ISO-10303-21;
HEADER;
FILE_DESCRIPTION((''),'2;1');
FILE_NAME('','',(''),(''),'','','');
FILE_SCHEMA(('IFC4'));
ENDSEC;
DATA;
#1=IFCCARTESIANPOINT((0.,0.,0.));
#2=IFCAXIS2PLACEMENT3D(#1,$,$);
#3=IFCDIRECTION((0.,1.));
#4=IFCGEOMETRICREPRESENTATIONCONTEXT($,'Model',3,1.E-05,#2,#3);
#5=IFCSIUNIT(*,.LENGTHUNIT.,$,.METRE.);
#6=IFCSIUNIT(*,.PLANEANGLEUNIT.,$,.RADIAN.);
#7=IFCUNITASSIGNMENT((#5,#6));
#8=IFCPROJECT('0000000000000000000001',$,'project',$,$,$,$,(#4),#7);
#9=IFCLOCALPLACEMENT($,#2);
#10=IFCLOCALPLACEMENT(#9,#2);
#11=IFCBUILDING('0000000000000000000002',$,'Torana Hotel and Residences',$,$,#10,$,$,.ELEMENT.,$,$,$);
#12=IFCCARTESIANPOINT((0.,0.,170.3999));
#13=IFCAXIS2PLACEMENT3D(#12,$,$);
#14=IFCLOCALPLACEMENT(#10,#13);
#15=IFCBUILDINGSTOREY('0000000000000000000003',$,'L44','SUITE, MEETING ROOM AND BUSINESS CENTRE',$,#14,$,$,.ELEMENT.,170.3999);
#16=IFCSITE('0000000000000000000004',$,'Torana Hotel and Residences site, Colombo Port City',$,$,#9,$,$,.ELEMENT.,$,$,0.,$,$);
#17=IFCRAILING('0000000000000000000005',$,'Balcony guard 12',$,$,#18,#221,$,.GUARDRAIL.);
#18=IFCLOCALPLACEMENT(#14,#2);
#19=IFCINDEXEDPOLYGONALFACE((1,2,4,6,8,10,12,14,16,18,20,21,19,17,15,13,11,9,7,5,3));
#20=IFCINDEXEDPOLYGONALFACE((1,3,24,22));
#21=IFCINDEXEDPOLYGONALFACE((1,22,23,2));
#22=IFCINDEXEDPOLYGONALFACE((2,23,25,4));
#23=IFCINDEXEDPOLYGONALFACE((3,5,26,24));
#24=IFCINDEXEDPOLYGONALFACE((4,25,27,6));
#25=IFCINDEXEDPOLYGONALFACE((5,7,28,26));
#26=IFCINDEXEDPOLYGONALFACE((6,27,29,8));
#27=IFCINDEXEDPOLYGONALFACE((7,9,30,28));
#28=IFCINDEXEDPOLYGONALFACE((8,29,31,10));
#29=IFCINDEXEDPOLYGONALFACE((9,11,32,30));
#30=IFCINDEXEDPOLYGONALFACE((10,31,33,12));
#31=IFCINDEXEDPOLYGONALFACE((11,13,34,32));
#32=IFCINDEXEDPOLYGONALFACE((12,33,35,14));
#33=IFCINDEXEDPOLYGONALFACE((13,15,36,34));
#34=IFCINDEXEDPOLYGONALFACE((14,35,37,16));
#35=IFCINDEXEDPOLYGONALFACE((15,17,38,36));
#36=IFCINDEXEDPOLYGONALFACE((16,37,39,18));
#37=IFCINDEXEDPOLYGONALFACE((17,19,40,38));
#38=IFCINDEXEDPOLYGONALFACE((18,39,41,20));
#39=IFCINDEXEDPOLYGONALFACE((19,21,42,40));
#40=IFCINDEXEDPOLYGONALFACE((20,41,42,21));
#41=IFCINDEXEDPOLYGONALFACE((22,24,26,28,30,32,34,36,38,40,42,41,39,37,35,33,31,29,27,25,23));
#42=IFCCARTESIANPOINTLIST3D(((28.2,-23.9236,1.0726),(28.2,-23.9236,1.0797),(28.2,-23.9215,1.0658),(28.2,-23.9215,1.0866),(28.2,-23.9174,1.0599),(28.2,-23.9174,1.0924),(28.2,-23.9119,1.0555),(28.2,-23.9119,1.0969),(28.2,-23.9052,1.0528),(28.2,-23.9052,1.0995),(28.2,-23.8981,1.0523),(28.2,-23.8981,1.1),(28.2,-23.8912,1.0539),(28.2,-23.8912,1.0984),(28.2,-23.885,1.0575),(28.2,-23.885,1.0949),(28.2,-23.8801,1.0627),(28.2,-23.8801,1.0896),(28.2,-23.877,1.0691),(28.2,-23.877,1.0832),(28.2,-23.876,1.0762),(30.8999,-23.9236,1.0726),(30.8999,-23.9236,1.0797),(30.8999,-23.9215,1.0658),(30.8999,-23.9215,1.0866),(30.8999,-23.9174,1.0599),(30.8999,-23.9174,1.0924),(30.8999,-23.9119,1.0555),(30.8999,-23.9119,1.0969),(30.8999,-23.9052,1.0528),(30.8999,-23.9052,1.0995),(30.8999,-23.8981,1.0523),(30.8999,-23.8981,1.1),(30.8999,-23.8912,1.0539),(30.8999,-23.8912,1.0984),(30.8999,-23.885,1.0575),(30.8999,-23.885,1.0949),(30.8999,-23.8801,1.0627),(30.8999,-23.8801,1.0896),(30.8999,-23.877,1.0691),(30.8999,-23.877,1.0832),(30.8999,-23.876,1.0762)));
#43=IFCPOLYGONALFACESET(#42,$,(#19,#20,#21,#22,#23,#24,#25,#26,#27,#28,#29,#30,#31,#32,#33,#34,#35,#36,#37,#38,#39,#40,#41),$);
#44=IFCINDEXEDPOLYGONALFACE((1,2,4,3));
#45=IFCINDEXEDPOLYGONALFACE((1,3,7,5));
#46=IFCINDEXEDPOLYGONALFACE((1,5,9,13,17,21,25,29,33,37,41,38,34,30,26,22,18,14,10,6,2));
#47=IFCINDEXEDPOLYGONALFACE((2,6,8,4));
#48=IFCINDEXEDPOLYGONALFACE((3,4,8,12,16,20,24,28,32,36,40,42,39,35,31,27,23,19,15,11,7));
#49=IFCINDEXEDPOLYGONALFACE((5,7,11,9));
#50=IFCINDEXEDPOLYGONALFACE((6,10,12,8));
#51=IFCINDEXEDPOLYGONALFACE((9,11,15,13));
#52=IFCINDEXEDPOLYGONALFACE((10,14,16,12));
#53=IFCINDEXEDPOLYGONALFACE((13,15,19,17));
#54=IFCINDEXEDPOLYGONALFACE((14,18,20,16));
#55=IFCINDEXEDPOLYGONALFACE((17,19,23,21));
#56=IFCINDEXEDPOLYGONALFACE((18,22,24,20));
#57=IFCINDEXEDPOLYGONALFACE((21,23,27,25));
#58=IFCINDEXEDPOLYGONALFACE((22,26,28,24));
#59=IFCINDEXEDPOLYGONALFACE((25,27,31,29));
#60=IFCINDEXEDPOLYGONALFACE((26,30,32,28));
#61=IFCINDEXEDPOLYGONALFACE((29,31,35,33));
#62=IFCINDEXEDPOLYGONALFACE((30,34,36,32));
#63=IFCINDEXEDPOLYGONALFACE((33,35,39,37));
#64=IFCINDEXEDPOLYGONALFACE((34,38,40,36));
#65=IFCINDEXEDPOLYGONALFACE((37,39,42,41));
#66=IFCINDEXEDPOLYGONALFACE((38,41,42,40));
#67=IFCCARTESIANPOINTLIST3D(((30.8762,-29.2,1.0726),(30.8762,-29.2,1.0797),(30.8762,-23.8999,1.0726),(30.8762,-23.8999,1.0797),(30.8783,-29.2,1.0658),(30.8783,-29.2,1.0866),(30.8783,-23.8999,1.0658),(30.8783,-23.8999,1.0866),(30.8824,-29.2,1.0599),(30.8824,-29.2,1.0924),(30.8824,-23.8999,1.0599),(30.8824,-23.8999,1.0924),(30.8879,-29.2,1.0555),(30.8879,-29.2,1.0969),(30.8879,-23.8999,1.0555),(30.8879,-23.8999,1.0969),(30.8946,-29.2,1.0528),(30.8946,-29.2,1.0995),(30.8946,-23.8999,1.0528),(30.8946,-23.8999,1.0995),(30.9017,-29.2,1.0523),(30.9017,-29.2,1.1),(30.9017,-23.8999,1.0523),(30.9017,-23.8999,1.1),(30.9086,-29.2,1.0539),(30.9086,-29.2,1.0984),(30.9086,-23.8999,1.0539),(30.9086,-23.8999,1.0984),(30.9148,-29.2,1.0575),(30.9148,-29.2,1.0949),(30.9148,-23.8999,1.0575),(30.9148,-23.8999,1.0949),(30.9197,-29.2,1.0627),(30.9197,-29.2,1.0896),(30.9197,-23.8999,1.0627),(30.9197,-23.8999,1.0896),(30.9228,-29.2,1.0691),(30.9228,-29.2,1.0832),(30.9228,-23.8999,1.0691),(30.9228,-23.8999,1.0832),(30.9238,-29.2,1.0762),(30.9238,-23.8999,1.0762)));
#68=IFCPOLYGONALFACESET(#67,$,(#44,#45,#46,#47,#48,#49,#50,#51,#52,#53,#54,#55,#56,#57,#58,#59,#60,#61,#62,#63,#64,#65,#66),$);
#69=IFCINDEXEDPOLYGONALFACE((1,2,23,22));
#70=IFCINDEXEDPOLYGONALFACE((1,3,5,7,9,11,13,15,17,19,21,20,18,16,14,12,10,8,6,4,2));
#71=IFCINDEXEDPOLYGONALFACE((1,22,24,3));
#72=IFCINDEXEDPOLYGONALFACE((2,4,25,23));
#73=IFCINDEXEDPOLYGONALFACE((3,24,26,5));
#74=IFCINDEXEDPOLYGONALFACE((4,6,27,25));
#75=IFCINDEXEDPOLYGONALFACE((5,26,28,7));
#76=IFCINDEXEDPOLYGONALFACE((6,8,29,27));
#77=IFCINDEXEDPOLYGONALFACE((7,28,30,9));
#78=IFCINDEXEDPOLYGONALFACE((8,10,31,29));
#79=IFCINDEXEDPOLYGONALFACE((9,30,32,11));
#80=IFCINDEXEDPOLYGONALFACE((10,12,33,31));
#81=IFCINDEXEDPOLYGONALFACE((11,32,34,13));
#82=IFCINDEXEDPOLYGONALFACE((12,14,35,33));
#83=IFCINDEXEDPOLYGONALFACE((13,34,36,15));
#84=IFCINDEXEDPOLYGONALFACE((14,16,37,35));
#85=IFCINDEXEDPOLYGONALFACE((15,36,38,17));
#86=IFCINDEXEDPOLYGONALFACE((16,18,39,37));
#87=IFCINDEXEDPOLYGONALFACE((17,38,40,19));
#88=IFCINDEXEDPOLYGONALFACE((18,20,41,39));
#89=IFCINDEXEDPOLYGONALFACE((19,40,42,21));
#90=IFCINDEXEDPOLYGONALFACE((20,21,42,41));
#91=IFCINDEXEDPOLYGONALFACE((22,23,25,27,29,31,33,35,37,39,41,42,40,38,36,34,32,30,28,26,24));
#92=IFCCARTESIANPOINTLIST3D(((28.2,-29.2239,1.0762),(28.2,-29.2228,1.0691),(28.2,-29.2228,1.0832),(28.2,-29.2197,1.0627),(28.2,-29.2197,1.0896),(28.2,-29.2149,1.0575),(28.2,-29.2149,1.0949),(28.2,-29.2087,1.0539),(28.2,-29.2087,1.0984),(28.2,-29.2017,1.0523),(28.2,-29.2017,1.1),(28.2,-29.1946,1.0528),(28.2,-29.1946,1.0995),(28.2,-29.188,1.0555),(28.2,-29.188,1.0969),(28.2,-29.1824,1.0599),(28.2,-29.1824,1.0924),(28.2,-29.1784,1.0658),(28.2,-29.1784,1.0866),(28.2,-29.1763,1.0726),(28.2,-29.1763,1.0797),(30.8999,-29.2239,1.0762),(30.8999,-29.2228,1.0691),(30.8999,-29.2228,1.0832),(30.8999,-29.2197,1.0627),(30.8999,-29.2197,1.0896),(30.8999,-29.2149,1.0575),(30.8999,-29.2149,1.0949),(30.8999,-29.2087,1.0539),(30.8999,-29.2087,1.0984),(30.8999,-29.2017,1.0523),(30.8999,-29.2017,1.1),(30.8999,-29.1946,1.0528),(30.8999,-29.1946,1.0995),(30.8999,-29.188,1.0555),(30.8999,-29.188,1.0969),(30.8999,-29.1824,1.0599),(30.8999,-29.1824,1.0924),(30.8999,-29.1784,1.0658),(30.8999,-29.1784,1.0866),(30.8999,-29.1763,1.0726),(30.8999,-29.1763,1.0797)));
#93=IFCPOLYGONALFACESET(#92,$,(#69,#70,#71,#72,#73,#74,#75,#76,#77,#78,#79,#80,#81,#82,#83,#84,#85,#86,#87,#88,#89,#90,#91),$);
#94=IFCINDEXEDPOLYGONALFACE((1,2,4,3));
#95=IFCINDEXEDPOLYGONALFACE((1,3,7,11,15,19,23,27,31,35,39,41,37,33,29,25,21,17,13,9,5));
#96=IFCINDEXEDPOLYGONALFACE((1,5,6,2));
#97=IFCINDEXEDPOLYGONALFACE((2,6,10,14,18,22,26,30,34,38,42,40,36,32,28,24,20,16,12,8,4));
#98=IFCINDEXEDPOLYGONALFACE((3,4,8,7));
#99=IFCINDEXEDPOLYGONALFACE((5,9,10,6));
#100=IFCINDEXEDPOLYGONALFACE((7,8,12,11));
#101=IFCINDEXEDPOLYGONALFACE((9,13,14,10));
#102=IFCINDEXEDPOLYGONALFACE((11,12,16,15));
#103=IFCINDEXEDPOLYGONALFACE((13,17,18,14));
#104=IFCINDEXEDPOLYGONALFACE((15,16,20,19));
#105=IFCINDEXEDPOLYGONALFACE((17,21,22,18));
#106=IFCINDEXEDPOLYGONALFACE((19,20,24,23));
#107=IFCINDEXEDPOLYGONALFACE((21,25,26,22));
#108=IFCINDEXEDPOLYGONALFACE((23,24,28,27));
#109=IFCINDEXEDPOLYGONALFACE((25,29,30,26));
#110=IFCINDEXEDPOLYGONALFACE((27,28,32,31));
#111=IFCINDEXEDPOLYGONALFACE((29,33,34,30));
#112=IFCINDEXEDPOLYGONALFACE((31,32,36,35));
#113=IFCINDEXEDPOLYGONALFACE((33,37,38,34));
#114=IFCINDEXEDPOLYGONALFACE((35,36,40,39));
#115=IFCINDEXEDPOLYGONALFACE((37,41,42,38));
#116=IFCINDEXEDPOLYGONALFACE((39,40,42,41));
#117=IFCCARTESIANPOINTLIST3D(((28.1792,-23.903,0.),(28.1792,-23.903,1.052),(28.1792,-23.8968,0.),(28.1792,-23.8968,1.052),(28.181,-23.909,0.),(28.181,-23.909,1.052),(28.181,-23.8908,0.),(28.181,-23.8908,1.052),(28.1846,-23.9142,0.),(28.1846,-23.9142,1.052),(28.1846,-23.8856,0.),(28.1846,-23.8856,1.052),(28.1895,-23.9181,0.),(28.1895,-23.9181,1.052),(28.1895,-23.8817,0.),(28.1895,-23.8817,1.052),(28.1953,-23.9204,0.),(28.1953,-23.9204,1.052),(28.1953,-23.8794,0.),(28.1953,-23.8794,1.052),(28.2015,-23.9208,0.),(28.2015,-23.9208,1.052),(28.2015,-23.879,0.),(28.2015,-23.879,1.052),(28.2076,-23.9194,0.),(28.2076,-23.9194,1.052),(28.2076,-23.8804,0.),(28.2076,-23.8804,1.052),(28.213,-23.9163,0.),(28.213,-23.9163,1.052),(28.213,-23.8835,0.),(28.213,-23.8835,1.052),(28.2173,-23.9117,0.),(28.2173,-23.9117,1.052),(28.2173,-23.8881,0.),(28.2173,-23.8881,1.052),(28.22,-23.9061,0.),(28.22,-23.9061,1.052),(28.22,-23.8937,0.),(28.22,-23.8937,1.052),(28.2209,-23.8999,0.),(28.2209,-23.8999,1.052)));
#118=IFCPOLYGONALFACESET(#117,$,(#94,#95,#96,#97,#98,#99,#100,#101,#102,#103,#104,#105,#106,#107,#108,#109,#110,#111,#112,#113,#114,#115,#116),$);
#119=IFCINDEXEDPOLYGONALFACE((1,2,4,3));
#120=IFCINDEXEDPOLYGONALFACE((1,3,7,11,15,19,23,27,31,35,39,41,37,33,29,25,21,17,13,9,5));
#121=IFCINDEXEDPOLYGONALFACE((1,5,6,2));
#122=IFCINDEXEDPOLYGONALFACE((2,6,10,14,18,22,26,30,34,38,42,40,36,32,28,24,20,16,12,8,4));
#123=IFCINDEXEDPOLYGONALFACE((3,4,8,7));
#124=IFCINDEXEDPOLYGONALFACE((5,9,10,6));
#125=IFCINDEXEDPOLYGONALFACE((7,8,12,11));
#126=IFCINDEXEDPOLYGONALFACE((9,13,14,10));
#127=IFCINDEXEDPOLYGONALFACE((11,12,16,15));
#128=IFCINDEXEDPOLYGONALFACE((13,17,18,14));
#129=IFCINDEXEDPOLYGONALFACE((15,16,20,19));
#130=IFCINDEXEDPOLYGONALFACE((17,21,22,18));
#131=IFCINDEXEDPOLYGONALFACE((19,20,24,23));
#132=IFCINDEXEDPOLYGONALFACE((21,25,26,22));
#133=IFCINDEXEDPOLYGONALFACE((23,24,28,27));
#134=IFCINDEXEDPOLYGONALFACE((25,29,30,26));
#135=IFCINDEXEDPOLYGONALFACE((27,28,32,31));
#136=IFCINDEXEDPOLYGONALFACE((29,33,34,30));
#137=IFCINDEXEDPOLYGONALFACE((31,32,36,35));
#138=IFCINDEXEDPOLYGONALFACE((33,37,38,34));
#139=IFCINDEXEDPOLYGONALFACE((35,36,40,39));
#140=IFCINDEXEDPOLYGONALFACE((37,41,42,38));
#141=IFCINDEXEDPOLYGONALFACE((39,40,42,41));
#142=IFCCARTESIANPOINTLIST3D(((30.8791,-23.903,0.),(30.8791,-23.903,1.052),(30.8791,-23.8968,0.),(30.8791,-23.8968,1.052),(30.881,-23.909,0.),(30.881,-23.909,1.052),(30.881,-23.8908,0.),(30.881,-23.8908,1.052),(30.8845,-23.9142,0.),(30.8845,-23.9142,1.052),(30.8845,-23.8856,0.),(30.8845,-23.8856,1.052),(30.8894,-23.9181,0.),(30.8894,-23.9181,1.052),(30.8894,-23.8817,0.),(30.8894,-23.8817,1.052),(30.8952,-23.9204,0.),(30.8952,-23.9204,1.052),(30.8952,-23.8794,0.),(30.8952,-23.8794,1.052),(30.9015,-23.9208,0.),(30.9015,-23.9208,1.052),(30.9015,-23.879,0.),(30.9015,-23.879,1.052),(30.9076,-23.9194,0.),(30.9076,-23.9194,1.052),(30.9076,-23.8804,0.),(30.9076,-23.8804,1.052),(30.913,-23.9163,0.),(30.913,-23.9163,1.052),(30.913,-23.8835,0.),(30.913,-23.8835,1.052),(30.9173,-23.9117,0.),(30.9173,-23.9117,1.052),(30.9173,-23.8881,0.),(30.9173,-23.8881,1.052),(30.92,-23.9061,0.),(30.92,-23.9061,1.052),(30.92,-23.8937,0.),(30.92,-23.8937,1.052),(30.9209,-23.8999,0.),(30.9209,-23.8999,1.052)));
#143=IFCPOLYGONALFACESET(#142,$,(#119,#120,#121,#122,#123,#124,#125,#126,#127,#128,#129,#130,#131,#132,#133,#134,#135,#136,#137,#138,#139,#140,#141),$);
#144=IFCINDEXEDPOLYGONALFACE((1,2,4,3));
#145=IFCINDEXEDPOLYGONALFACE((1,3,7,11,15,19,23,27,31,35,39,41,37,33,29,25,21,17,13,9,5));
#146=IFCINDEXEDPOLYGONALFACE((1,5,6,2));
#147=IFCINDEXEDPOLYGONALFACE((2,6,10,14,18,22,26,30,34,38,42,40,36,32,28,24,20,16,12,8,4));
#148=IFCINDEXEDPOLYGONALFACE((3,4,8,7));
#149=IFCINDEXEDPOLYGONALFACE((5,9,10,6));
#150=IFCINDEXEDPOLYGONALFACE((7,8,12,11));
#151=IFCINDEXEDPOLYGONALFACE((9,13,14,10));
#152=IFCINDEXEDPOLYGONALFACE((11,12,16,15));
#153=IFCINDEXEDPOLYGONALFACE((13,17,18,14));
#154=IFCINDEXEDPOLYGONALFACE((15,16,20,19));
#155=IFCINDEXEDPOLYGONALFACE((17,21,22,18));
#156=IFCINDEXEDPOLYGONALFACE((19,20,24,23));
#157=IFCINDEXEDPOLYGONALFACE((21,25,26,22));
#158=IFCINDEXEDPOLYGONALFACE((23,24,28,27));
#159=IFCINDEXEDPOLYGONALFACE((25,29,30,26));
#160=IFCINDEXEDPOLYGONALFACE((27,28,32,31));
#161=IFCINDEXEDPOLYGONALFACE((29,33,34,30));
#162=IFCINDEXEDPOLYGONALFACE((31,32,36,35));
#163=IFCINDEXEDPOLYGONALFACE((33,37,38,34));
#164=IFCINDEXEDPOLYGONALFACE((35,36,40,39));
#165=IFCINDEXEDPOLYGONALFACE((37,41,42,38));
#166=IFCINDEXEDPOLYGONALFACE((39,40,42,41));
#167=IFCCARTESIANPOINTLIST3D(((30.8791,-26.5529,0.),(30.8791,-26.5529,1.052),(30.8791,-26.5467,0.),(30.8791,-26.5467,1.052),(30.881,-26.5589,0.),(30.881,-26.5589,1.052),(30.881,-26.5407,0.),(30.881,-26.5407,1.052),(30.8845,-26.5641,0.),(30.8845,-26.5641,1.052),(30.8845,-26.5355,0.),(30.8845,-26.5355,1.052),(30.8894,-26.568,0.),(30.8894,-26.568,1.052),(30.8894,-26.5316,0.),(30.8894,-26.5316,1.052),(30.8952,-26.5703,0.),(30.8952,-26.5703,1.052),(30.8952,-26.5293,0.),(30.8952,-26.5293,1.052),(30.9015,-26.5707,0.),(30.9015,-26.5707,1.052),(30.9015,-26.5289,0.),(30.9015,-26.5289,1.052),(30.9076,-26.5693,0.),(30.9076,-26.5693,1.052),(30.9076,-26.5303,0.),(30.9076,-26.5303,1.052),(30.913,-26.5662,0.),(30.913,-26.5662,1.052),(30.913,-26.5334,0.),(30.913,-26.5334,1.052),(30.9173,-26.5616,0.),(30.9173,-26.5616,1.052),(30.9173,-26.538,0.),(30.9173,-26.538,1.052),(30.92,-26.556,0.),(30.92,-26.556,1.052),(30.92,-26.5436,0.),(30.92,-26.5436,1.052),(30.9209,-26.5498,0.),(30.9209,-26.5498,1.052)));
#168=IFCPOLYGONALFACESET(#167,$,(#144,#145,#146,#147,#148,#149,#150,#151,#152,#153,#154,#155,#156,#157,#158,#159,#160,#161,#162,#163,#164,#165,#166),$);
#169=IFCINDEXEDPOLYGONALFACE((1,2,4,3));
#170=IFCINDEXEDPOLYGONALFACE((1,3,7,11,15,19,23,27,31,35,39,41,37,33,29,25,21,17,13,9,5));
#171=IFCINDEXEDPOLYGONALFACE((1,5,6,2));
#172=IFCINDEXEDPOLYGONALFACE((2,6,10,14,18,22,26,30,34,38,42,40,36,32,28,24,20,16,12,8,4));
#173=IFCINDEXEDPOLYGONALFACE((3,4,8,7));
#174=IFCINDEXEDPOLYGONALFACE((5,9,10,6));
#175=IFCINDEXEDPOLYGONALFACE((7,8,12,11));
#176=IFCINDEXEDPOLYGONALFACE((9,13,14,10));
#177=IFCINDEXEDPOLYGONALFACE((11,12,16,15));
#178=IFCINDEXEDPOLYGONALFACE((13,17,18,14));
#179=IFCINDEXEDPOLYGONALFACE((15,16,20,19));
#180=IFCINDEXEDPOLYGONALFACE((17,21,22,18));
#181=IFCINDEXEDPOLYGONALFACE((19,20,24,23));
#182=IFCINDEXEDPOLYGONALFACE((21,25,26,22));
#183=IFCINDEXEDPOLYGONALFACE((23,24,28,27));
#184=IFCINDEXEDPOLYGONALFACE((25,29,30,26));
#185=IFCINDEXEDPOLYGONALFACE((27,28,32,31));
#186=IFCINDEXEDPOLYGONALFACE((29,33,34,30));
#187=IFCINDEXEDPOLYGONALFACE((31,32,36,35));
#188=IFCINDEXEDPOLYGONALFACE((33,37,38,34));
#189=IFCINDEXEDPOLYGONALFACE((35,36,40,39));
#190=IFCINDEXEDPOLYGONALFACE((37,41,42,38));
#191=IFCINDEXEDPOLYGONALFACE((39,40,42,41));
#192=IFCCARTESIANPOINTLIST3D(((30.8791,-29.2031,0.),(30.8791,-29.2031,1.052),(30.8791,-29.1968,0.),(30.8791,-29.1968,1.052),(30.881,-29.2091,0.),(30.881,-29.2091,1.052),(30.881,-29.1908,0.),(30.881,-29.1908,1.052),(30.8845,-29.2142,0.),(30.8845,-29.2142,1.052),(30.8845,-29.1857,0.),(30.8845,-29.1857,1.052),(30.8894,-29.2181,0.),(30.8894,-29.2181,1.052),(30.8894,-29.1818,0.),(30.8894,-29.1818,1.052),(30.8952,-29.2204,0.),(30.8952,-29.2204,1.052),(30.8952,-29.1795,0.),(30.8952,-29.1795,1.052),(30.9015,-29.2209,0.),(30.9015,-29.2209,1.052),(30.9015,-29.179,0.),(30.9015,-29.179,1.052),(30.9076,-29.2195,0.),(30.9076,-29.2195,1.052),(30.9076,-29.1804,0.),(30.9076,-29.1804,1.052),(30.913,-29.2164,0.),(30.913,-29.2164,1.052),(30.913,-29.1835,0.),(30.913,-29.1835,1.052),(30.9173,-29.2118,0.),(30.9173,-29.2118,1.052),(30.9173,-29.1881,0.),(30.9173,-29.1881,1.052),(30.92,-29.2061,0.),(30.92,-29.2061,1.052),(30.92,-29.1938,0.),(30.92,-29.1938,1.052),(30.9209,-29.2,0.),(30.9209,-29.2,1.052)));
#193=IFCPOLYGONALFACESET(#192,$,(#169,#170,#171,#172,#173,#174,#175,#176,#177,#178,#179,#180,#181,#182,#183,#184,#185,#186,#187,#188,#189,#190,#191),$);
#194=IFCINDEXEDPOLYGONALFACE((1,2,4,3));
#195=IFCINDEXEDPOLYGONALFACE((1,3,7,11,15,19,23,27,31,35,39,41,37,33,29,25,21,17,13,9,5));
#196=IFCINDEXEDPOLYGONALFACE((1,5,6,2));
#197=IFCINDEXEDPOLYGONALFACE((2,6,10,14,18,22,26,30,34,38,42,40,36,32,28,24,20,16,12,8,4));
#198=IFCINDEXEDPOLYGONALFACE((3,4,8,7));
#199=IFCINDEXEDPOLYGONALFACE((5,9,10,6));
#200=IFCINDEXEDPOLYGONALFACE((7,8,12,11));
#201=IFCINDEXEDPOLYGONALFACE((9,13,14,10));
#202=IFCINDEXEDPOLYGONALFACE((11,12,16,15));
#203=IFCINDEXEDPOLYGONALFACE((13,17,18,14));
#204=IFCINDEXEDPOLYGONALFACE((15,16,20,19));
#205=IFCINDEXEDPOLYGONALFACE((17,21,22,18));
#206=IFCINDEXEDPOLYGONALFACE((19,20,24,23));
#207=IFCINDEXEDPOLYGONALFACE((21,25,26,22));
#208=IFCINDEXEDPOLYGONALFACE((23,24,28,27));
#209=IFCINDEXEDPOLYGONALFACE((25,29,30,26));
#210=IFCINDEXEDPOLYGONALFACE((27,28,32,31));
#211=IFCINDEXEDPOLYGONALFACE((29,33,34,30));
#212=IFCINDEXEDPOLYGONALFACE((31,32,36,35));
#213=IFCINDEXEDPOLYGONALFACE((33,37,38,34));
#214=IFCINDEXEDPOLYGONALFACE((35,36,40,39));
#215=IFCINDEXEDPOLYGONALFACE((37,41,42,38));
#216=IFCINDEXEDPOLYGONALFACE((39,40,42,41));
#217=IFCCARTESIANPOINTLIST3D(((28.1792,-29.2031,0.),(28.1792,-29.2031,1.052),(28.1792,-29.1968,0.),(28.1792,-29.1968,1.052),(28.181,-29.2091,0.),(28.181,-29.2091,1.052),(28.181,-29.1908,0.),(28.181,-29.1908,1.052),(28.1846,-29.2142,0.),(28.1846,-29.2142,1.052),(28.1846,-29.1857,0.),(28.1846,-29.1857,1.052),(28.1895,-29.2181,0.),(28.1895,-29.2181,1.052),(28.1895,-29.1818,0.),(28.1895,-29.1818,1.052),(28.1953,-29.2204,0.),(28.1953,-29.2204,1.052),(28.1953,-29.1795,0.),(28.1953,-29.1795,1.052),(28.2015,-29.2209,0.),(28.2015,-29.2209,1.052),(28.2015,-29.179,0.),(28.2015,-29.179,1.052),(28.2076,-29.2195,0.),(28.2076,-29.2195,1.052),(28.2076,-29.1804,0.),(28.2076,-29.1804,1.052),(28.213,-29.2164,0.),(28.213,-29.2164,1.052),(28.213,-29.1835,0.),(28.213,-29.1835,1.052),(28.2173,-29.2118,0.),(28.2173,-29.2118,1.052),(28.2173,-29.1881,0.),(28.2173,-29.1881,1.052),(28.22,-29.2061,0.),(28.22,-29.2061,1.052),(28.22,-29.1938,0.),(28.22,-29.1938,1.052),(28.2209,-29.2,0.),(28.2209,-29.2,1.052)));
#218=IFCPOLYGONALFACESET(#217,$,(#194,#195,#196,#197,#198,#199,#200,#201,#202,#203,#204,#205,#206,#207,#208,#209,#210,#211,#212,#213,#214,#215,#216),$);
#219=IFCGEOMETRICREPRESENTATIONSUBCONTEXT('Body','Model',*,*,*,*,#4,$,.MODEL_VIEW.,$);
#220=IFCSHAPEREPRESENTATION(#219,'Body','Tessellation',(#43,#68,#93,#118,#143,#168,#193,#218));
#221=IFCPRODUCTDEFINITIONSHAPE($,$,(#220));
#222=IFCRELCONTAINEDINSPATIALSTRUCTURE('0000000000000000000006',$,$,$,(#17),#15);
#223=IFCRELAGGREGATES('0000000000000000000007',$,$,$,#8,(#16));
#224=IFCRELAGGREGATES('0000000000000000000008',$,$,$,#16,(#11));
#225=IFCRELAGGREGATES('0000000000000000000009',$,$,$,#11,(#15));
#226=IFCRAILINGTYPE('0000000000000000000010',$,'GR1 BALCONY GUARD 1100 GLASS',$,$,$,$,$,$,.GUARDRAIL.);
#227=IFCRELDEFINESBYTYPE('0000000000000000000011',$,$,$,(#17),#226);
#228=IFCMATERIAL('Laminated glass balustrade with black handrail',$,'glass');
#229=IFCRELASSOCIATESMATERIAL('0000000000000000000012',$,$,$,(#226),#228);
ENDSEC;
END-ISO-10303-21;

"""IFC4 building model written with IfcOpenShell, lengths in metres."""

from ifc_helpers import new_model, si_unit, direction, frame, origin, origin_2d, place, context, subcontext, project, spatial, circle, extrude, material, type_object, element, save


model = new_model("IFC4")

# Units and contexts
model_context = context("Model", 3, precision=1e-05, world=origin(), true_north=direction((0.0, 1.0)))
body_context = subcontext(model_context, "Body", "Model", "MODEL_VIEW")
ifc_project = project(units=[si_unit("LENGTHUNIT", "METRE"), si_unit("PLANEANGLEUNIT", "RADIAN")], contexts=[model_context])

# Site, building, storey
site_placement = place(None, origin())
site = spatial("IfcSite", under=ifc_project, at=site_placement, Name="Torana Hotel and Residences site, Colombo Port City", CompositionType="ELEMENT", RefElevation=0.0)
building_placement = place(site_placement, origin())
building = spatial("IfcBuilding", under=site, at=building_placement, Name="Torana Hotel and Residences", CompositionType="ELEMENT")
storey_placement = place(building_placement, frame((0.0, 0.0, 170.3999)))
storey = spatial("IfcBuildingStorey", under=building, at=storey_placement, Name="L44", Description="SUITE, MEETING ROOM AND BUSINESS CENTRE", CompositionType="ELEMENT", Elevation=170.3999)

# Railing
ifc_material_1 = material(Name="Laminated glass balustrade with black handrail", Category="glass")
railing_type = type_object("IfcRailingType", Name="GR1 BALCONY GUARD 1100 GLASS", PredefinedType="GUARDRAIL", material=ifc_material_1)
railing_1_placement = place(storey_placement, frame((28.2, -23.8999, 0.0)))
element("IfcRailing", 1, at=railing_1_placement, inside=storey, type_object=railing_type, Name="Balcony guard 12", PredefinedType="GUARDRAIL", context=body_context, shape_type="SweptSolid", body=[
    extrude(circle(Radius=0.0239, at=origin_2d()), frame((0.0, 0.0, 1.0762), z_axis=(1.0, 0.0, 0.0), x_axis=(0.0, 1.0, 0.0)), (0.0, 0.0, 1.0), 2.7),
    extrude(circle(Radius=0.0239, at=origin_2d()), frame((2.7, 0.0, 1.0762), z_axis=(0.0, -1.0, 0.0), x_axis=(1.0, 0.0, 0.0)), (0.0, 0.0, 1.0), 5.3),
    extrude(circle(Radius=0.0239, at=origin_2d()), frame((2.7, -5.3, 1.0762), z_axis=(-1.0, 0.0, 0.0), x_axis=(0.0, -1.0, 0.0)), (0.0, 0.0, 1.0), 2.7),
    extrude(circle(Radius=0.021, at=origin_2d()), origin(), (0.0, 0.0, 1.0), 1.052),
    extrude(circle(Radius=0.021, at=origin_2d()), frame((2.7, 0.0, 0.0)), (0.0, 0.0, 1.0), 1.052),
    extrude(circle(Radius=0.021, at=origin_2d()), frame((2.7, -2.6499, 0.0)), (0.0, 0.0, 1.0), 1.052),
    extrude(circle(Radius=0.021, at=origin_2d()), frame((2.7, -5.3, 0.0)), (0.0, 0.0, 1.0), 1.052),
    extrude(circle(Radius=0.021, at=origin_2d()), frame((0.0, -5.3, 0.0)), (0.0, 0.0, 1.0), 1.052),
])

save(model, "model.ifc")
